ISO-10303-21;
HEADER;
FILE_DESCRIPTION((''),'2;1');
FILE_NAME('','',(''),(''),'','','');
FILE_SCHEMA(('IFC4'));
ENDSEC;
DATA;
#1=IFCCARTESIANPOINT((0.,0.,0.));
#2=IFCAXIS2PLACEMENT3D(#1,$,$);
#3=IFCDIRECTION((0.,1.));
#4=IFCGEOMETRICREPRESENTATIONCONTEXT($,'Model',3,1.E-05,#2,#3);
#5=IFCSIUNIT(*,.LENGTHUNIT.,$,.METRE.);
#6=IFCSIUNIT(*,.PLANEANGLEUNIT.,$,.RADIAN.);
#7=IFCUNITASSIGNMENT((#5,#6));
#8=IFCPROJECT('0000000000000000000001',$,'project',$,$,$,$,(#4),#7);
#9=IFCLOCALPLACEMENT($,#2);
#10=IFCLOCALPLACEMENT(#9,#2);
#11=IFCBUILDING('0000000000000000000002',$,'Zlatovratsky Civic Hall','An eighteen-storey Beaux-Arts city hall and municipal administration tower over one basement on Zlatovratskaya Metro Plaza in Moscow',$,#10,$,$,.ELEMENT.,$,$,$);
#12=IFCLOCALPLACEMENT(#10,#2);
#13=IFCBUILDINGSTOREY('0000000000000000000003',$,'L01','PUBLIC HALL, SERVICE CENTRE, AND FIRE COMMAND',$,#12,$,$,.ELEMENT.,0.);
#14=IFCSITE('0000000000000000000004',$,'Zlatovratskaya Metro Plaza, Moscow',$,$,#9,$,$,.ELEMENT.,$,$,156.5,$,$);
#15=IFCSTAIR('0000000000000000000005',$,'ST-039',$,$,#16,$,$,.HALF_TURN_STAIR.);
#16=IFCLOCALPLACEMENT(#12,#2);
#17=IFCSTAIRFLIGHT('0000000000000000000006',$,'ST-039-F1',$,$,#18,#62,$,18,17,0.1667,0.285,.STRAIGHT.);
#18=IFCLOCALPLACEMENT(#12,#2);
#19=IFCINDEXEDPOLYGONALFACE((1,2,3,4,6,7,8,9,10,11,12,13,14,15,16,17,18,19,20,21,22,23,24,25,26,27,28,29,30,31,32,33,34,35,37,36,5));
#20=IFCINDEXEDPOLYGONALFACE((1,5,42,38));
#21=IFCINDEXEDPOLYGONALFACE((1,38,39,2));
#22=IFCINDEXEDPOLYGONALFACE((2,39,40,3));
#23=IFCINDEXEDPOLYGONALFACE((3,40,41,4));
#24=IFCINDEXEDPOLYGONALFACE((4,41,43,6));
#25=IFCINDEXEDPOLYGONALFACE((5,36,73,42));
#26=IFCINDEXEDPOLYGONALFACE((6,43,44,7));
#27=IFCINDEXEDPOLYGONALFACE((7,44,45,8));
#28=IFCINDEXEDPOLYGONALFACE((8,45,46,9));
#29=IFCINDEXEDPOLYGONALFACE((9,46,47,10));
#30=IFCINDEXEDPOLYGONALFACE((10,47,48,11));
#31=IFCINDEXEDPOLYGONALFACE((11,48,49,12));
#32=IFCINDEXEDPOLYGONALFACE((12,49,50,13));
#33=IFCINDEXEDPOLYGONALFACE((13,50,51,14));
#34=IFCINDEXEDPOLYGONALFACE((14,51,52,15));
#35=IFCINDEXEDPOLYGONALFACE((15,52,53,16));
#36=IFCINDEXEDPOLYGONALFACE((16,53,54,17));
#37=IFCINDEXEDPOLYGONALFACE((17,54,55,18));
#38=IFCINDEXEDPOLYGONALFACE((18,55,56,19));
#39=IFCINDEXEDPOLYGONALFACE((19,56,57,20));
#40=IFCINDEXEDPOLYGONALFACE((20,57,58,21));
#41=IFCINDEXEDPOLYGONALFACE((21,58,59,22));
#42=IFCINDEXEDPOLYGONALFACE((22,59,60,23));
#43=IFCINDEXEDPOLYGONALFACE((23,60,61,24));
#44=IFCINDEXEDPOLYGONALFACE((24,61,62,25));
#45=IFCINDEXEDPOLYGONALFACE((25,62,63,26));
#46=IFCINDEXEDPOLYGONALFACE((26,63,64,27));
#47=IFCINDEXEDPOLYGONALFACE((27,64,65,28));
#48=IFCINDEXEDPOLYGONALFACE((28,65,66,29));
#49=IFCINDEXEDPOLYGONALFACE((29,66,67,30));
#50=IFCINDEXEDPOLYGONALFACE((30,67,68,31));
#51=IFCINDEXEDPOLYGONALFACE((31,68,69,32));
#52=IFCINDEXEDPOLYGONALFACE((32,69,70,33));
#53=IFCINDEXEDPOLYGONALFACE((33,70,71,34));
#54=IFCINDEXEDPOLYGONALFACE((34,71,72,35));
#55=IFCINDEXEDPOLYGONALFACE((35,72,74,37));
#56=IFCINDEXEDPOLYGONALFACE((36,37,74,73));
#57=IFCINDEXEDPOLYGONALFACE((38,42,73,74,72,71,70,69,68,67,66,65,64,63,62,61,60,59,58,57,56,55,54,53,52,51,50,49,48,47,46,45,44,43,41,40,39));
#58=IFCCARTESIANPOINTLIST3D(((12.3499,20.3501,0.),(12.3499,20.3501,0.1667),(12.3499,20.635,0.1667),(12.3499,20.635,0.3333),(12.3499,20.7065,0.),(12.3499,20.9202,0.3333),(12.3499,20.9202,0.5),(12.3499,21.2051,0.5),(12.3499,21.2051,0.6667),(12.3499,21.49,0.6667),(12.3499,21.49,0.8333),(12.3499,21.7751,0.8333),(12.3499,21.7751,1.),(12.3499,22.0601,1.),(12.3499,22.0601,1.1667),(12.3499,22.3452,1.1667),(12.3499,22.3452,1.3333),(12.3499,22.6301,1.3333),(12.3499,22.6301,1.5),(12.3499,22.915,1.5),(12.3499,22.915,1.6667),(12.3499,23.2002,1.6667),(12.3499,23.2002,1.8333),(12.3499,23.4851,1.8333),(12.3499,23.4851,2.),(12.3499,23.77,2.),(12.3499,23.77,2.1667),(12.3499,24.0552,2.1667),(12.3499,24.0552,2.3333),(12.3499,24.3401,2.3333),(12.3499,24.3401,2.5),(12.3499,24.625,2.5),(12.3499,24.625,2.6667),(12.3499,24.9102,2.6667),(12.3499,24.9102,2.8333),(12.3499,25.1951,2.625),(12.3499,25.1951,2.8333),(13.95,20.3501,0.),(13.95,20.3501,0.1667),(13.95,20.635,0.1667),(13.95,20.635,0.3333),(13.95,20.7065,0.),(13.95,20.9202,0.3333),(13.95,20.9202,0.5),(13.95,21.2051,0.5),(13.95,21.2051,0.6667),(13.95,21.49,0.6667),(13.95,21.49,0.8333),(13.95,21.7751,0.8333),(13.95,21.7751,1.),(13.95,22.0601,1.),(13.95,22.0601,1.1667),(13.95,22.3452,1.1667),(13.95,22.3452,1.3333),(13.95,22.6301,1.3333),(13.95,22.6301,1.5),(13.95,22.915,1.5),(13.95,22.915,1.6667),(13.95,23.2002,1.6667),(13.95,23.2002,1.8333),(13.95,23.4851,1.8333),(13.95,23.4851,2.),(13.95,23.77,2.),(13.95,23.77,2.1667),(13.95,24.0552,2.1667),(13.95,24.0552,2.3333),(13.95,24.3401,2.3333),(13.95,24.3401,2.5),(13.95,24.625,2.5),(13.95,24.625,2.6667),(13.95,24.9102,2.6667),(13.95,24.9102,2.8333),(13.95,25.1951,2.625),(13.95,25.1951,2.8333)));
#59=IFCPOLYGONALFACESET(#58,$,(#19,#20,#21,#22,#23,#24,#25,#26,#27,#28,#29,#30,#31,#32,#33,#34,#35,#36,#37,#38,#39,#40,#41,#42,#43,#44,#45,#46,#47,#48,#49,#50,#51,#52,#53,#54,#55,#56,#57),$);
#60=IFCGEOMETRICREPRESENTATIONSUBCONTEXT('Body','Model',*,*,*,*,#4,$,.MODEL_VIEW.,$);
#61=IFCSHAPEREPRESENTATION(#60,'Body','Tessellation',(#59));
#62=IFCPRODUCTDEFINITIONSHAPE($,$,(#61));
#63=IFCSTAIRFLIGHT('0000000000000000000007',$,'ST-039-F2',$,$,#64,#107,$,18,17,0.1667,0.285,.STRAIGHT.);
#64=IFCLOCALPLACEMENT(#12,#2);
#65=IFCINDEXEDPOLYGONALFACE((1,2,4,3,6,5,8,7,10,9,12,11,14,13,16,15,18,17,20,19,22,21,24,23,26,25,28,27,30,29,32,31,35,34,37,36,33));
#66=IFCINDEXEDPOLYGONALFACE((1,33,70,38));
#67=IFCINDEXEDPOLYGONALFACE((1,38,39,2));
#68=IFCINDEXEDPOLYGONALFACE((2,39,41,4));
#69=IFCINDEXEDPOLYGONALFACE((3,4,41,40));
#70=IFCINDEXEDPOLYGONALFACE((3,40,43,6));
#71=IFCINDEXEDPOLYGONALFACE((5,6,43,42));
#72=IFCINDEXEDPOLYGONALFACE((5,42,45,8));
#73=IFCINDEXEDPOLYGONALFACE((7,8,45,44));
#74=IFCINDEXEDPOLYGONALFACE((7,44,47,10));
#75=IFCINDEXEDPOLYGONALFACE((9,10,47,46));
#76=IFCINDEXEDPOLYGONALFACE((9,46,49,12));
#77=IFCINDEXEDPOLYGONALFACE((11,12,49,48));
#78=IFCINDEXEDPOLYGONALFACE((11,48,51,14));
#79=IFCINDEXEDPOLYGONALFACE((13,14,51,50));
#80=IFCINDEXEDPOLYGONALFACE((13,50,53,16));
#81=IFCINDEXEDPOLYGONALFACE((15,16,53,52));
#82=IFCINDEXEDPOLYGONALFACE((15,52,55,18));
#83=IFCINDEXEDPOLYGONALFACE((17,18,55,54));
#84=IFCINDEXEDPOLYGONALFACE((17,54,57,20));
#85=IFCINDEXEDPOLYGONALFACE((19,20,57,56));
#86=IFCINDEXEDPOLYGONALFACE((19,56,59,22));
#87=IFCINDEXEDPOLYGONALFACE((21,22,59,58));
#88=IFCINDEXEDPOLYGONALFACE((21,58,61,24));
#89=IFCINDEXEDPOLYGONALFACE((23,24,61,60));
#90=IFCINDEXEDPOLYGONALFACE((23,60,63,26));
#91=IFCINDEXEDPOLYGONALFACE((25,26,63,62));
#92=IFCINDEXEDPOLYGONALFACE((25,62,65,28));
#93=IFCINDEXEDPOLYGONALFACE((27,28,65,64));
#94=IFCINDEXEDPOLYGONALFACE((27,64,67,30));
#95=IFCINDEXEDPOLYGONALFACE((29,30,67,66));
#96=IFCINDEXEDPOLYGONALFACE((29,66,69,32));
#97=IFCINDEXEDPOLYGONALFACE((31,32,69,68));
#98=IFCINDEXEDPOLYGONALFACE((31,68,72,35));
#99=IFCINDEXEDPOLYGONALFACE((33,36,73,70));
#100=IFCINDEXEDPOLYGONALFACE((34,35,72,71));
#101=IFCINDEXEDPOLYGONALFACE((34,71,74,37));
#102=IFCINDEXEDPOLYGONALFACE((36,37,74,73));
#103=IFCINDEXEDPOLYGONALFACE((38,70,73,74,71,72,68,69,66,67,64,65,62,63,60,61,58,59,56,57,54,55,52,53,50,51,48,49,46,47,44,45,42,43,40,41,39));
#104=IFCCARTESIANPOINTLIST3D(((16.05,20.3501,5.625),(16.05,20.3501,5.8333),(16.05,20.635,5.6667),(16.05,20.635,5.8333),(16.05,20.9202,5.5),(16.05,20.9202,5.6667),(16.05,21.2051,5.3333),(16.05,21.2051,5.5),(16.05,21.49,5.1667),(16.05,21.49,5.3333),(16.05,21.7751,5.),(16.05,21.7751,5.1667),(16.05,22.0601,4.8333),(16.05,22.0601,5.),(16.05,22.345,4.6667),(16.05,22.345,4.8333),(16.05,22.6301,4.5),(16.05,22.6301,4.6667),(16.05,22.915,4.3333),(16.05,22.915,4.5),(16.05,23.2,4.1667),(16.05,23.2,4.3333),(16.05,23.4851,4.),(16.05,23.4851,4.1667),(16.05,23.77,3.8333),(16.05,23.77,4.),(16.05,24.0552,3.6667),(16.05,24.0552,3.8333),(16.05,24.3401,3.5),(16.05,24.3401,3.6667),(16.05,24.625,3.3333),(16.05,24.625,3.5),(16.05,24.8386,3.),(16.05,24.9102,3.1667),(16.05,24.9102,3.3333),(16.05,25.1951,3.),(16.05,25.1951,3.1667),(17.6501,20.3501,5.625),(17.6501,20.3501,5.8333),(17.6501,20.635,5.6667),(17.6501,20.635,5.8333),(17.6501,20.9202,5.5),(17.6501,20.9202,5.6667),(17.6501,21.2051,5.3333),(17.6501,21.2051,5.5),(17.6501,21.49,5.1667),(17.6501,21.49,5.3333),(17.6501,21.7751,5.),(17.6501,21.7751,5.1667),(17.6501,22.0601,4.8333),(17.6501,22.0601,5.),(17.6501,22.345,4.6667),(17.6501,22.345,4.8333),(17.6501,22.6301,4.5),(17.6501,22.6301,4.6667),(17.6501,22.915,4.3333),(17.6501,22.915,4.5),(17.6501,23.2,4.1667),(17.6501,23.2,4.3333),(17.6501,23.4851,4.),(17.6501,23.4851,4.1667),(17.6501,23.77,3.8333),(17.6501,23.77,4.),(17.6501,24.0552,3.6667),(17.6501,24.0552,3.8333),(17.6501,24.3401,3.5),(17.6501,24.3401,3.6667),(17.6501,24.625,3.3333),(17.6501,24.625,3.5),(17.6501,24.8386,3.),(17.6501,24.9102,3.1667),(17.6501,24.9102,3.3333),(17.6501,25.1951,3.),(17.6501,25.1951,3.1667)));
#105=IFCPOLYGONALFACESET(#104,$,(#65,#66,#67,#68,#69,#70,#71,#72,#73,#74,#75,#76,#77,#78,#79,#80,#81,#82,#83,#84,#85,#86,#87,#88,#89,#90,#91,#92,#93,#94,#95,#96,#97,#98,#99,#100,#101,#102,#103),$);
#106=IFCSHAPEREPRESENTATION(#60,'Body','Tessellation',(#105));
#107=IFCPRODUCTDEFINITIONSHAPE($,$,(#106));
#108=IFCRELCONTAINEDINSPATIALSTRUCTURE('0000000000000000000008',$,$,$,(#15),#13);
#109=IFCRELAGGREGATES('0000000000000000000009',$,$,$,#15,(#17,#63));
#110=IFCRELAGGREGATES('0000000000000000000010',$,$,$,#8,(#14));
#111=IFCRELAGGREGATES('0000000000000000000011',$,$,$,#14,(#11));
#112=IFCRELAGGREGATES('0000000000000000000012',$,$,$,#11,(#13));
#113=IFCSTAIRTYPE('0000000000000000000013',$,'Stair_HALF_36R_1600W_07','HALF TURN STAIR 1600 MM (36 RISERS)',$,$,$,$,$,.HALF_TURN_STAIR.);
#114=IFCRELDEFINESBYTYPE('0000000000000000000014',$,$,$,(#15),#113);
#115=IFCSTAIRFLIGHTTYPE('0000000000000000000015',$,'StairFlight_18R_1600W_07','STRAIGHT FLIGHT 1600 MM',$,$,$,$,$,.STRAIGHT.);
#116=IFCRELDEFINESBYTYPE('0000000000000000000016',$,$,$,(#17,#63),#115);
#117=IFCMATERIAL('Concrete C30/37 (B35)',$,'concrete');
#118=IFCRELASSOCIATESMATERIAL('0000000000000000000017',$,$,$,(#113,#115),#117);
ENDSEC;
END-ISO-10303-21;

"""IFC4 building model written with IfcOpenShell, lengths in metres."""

from ifc_helpers import new_model, si_unit, direction, frame, origin, place, context, subcontext, project, spatial, polyline, outline, extrude, material, type_object, element, aggregate, save


model = new_model("IFC4")

# Units and contexts
model_context = context("Model", 3, precision=1e-05, world=origin(), true_north=direction((0.0, 1.0)))
body_context = subcontext(model_context, "Body", "Model", "MODEL_VIEW")
ifc_project = project(units=[si_unit("LENGTHUNIT", "METRE"), si_unit("PLANEANGLEUNIT", "RADIAN")], contexts=[model_context])

# Site, building, storey
site_placement = place(None, origin())
site = spatial("IfcSite", under=ifc_project, at=site_placement, Name="Zlatovratskaya Metro Plaza, Moscow", CompositionType="ELEMENT", RefElevation=156.5)
building_placement = place(site_placement, origin())
building = spatial("IfcBuilding", under=site, at=building_placement, Name="Zlatovratsky Civic Hall", Description="An eighteen-storey Beaux-Arts city hall and municipal administration tower over one basement on Zlatovratskaya Metro Plaza in Moscow", CompositionType="ELEMENT")
storey_placement = place(building_placement, origin())
storey = spatial("IfcBuildingStorey", under=building, at=storey_placement, Name="L01", Description="PUBLIC HALL, SERVICE CENTRE, AND FIRE COMMAND", CompositionType="ELEMENT", Elevation=0.0)

# Stair, stair flights
ifc_material_1 = material(Name="Concrete C30/37 (B35)", Category="concrete")
stair_type = type_object("IfcStairType", Name="Stair_HALF_36R_1600W_07", Description="HALF TURN STAIR 1600 MM (36 RISERS)", PredefinedType="HALF_TURN_STAIR", material=ifc_material_1)
stair_placement = place(storey_placement, origin())
stair = element("IfcStair", 1, at=stair_placement, inside=storey, type_object=stair_type, Name="ST-039", PredefinedType="HALF_TURN_STAIR")
stair_flight_type = type_object("IfcStairFlightType", Name="StairFlight_18R_1600W_07", Description="STRAIGHT FLIGHT 1600 MM", PredefinedType="STRAIGHT", material=ifc_material_1)
stair_flight_1_placement = place(storey_placement, frame((13.1499, 20.3501, 0.0), z_axis=(0.0, 0.0, 1.0), x_axis=(0.0, 1.0, 0.0)))
stair_flight_1 = element("IfcStairFlight", 2, at=stair_flight_1_placement, type_object=stair_flight_type, Name="ST-039-F1", NumberOfRisers=18, NumberOfTreads=17, PredefinedType="STRAIGHT", RiserHeight=0.1667, TreadLength=0.285, context=body_context, shape_type="SweptSolid", body=[
    extrude(outline(polyline([(0.0, 0.0), (0.0, 0.1667), (0.2849, 0.1667), (0.2849, 0.3333), (0.5701, 0.3333), (0.5701, 0.5), (0.855, 0.5), (0.855, 0.6667), (1.1399, 0.6667), (1.1399, 0.8333), (1.425, 0.8333), (1.425, 1.0), (1.71, 1.0), (1.71, 1.1667), (1.9951, 1.1667), (1.9951, 1.3333), (2.28, 1.3333), (2.28, 1.5), (2.5649, 1.5), (2.5649, 1.6667), (2.8501, 1.6667), (2.8501, 1.8333), (3.135, 1.8333), (3.135, 2.0), (3.4199, 2.0), (3.4199, 2.1667), (3.7051, 2.1667), (3.7051, 2.3333), (3.99, 2.3333), (3.99, 2.5), (4.2749, 2.5), (4.2749, 2.6667), (4.5601, 2.6667), (4.5601, 2.8333), (4.845, 2.8333), (4.845, 3.0), (4.845, 2.625), (0.3564, 0.0), (0.0, 0.0)])), frame((0.0, 0.8, 0.0), z_axis=(0.0, -1.0, 0.0), x_axis=(1.0, 0.0, 0.0)), (0.0, 0.0, 1.0), 1.6001),
])
stair_flight_2_placement = place(storey_placement, frame((16.8501, 25.1951, 3.0), z_axis=(0.0, 0.0, 1.0), x_axis=(0.0, -1.0, 0.0)))
stair_flight_2 = element("IfcStairFlight", 3, at=stair_flight_2_placement, type_object=stair_flight_type, Name="ST-039-F2", NumberOfRisers=18, NumberOfTreads=17, PredefinedType="STRAIGHT", RiserHeight=0.1667, TreadLength=0.285, context=body_context, shape_type="SweptSolid", body=[
    extrude(outline(polyline([(0.0, 0.0), (0.0, 0.1667), (0.2849, 0.1667), (0.2849, 0.3333), (0.5701, 0.3333), (0.5701, 0.5), (0.855, 0.5), (0.855, 0.6667), (1.1399, 0.6667), (1.1399, 0.8333), (1.425, 0.8333), (1.425, 1.0), (1.71, 1.0), (1.71, 1.1667), (1.9951, 1.1667), (1.9951, 1.3333), (2.28, 1.3333), (2.28, 1.5), (2.5649, 1.5), (2.5649, 1.6667), (2.8501, 1.6667), (2.8501, 1.8333), (3.135, 1.8333), (3.135, 2.0), (3.4199, 2.0), (3.4199, 2.1667), (3.7051, 2.1667), (3.7051, 2.3333), (3.99, 2.3333), (3.99, 2.5), (4.2749, 2.5), (4.2749, 2.6667), (4.5601, 2.6667), (4.5601, 2.8333), (4.845, 2.8333), (4.845, 3.0), (4.845, 2.625), (0.3564, 0.0), (0.0, 0.0)])), frame((0.0, 0.8, 0.0), z_axis=(0.0, -1.0, 0.0), x_axis=(1.0, 0.0, 0.0)), (0.0, 0.0, 1.0), 1.6001),
])
aggregate(stair, [stair_flight_1, stair_flight_2])

save(model, "model.ifc")
